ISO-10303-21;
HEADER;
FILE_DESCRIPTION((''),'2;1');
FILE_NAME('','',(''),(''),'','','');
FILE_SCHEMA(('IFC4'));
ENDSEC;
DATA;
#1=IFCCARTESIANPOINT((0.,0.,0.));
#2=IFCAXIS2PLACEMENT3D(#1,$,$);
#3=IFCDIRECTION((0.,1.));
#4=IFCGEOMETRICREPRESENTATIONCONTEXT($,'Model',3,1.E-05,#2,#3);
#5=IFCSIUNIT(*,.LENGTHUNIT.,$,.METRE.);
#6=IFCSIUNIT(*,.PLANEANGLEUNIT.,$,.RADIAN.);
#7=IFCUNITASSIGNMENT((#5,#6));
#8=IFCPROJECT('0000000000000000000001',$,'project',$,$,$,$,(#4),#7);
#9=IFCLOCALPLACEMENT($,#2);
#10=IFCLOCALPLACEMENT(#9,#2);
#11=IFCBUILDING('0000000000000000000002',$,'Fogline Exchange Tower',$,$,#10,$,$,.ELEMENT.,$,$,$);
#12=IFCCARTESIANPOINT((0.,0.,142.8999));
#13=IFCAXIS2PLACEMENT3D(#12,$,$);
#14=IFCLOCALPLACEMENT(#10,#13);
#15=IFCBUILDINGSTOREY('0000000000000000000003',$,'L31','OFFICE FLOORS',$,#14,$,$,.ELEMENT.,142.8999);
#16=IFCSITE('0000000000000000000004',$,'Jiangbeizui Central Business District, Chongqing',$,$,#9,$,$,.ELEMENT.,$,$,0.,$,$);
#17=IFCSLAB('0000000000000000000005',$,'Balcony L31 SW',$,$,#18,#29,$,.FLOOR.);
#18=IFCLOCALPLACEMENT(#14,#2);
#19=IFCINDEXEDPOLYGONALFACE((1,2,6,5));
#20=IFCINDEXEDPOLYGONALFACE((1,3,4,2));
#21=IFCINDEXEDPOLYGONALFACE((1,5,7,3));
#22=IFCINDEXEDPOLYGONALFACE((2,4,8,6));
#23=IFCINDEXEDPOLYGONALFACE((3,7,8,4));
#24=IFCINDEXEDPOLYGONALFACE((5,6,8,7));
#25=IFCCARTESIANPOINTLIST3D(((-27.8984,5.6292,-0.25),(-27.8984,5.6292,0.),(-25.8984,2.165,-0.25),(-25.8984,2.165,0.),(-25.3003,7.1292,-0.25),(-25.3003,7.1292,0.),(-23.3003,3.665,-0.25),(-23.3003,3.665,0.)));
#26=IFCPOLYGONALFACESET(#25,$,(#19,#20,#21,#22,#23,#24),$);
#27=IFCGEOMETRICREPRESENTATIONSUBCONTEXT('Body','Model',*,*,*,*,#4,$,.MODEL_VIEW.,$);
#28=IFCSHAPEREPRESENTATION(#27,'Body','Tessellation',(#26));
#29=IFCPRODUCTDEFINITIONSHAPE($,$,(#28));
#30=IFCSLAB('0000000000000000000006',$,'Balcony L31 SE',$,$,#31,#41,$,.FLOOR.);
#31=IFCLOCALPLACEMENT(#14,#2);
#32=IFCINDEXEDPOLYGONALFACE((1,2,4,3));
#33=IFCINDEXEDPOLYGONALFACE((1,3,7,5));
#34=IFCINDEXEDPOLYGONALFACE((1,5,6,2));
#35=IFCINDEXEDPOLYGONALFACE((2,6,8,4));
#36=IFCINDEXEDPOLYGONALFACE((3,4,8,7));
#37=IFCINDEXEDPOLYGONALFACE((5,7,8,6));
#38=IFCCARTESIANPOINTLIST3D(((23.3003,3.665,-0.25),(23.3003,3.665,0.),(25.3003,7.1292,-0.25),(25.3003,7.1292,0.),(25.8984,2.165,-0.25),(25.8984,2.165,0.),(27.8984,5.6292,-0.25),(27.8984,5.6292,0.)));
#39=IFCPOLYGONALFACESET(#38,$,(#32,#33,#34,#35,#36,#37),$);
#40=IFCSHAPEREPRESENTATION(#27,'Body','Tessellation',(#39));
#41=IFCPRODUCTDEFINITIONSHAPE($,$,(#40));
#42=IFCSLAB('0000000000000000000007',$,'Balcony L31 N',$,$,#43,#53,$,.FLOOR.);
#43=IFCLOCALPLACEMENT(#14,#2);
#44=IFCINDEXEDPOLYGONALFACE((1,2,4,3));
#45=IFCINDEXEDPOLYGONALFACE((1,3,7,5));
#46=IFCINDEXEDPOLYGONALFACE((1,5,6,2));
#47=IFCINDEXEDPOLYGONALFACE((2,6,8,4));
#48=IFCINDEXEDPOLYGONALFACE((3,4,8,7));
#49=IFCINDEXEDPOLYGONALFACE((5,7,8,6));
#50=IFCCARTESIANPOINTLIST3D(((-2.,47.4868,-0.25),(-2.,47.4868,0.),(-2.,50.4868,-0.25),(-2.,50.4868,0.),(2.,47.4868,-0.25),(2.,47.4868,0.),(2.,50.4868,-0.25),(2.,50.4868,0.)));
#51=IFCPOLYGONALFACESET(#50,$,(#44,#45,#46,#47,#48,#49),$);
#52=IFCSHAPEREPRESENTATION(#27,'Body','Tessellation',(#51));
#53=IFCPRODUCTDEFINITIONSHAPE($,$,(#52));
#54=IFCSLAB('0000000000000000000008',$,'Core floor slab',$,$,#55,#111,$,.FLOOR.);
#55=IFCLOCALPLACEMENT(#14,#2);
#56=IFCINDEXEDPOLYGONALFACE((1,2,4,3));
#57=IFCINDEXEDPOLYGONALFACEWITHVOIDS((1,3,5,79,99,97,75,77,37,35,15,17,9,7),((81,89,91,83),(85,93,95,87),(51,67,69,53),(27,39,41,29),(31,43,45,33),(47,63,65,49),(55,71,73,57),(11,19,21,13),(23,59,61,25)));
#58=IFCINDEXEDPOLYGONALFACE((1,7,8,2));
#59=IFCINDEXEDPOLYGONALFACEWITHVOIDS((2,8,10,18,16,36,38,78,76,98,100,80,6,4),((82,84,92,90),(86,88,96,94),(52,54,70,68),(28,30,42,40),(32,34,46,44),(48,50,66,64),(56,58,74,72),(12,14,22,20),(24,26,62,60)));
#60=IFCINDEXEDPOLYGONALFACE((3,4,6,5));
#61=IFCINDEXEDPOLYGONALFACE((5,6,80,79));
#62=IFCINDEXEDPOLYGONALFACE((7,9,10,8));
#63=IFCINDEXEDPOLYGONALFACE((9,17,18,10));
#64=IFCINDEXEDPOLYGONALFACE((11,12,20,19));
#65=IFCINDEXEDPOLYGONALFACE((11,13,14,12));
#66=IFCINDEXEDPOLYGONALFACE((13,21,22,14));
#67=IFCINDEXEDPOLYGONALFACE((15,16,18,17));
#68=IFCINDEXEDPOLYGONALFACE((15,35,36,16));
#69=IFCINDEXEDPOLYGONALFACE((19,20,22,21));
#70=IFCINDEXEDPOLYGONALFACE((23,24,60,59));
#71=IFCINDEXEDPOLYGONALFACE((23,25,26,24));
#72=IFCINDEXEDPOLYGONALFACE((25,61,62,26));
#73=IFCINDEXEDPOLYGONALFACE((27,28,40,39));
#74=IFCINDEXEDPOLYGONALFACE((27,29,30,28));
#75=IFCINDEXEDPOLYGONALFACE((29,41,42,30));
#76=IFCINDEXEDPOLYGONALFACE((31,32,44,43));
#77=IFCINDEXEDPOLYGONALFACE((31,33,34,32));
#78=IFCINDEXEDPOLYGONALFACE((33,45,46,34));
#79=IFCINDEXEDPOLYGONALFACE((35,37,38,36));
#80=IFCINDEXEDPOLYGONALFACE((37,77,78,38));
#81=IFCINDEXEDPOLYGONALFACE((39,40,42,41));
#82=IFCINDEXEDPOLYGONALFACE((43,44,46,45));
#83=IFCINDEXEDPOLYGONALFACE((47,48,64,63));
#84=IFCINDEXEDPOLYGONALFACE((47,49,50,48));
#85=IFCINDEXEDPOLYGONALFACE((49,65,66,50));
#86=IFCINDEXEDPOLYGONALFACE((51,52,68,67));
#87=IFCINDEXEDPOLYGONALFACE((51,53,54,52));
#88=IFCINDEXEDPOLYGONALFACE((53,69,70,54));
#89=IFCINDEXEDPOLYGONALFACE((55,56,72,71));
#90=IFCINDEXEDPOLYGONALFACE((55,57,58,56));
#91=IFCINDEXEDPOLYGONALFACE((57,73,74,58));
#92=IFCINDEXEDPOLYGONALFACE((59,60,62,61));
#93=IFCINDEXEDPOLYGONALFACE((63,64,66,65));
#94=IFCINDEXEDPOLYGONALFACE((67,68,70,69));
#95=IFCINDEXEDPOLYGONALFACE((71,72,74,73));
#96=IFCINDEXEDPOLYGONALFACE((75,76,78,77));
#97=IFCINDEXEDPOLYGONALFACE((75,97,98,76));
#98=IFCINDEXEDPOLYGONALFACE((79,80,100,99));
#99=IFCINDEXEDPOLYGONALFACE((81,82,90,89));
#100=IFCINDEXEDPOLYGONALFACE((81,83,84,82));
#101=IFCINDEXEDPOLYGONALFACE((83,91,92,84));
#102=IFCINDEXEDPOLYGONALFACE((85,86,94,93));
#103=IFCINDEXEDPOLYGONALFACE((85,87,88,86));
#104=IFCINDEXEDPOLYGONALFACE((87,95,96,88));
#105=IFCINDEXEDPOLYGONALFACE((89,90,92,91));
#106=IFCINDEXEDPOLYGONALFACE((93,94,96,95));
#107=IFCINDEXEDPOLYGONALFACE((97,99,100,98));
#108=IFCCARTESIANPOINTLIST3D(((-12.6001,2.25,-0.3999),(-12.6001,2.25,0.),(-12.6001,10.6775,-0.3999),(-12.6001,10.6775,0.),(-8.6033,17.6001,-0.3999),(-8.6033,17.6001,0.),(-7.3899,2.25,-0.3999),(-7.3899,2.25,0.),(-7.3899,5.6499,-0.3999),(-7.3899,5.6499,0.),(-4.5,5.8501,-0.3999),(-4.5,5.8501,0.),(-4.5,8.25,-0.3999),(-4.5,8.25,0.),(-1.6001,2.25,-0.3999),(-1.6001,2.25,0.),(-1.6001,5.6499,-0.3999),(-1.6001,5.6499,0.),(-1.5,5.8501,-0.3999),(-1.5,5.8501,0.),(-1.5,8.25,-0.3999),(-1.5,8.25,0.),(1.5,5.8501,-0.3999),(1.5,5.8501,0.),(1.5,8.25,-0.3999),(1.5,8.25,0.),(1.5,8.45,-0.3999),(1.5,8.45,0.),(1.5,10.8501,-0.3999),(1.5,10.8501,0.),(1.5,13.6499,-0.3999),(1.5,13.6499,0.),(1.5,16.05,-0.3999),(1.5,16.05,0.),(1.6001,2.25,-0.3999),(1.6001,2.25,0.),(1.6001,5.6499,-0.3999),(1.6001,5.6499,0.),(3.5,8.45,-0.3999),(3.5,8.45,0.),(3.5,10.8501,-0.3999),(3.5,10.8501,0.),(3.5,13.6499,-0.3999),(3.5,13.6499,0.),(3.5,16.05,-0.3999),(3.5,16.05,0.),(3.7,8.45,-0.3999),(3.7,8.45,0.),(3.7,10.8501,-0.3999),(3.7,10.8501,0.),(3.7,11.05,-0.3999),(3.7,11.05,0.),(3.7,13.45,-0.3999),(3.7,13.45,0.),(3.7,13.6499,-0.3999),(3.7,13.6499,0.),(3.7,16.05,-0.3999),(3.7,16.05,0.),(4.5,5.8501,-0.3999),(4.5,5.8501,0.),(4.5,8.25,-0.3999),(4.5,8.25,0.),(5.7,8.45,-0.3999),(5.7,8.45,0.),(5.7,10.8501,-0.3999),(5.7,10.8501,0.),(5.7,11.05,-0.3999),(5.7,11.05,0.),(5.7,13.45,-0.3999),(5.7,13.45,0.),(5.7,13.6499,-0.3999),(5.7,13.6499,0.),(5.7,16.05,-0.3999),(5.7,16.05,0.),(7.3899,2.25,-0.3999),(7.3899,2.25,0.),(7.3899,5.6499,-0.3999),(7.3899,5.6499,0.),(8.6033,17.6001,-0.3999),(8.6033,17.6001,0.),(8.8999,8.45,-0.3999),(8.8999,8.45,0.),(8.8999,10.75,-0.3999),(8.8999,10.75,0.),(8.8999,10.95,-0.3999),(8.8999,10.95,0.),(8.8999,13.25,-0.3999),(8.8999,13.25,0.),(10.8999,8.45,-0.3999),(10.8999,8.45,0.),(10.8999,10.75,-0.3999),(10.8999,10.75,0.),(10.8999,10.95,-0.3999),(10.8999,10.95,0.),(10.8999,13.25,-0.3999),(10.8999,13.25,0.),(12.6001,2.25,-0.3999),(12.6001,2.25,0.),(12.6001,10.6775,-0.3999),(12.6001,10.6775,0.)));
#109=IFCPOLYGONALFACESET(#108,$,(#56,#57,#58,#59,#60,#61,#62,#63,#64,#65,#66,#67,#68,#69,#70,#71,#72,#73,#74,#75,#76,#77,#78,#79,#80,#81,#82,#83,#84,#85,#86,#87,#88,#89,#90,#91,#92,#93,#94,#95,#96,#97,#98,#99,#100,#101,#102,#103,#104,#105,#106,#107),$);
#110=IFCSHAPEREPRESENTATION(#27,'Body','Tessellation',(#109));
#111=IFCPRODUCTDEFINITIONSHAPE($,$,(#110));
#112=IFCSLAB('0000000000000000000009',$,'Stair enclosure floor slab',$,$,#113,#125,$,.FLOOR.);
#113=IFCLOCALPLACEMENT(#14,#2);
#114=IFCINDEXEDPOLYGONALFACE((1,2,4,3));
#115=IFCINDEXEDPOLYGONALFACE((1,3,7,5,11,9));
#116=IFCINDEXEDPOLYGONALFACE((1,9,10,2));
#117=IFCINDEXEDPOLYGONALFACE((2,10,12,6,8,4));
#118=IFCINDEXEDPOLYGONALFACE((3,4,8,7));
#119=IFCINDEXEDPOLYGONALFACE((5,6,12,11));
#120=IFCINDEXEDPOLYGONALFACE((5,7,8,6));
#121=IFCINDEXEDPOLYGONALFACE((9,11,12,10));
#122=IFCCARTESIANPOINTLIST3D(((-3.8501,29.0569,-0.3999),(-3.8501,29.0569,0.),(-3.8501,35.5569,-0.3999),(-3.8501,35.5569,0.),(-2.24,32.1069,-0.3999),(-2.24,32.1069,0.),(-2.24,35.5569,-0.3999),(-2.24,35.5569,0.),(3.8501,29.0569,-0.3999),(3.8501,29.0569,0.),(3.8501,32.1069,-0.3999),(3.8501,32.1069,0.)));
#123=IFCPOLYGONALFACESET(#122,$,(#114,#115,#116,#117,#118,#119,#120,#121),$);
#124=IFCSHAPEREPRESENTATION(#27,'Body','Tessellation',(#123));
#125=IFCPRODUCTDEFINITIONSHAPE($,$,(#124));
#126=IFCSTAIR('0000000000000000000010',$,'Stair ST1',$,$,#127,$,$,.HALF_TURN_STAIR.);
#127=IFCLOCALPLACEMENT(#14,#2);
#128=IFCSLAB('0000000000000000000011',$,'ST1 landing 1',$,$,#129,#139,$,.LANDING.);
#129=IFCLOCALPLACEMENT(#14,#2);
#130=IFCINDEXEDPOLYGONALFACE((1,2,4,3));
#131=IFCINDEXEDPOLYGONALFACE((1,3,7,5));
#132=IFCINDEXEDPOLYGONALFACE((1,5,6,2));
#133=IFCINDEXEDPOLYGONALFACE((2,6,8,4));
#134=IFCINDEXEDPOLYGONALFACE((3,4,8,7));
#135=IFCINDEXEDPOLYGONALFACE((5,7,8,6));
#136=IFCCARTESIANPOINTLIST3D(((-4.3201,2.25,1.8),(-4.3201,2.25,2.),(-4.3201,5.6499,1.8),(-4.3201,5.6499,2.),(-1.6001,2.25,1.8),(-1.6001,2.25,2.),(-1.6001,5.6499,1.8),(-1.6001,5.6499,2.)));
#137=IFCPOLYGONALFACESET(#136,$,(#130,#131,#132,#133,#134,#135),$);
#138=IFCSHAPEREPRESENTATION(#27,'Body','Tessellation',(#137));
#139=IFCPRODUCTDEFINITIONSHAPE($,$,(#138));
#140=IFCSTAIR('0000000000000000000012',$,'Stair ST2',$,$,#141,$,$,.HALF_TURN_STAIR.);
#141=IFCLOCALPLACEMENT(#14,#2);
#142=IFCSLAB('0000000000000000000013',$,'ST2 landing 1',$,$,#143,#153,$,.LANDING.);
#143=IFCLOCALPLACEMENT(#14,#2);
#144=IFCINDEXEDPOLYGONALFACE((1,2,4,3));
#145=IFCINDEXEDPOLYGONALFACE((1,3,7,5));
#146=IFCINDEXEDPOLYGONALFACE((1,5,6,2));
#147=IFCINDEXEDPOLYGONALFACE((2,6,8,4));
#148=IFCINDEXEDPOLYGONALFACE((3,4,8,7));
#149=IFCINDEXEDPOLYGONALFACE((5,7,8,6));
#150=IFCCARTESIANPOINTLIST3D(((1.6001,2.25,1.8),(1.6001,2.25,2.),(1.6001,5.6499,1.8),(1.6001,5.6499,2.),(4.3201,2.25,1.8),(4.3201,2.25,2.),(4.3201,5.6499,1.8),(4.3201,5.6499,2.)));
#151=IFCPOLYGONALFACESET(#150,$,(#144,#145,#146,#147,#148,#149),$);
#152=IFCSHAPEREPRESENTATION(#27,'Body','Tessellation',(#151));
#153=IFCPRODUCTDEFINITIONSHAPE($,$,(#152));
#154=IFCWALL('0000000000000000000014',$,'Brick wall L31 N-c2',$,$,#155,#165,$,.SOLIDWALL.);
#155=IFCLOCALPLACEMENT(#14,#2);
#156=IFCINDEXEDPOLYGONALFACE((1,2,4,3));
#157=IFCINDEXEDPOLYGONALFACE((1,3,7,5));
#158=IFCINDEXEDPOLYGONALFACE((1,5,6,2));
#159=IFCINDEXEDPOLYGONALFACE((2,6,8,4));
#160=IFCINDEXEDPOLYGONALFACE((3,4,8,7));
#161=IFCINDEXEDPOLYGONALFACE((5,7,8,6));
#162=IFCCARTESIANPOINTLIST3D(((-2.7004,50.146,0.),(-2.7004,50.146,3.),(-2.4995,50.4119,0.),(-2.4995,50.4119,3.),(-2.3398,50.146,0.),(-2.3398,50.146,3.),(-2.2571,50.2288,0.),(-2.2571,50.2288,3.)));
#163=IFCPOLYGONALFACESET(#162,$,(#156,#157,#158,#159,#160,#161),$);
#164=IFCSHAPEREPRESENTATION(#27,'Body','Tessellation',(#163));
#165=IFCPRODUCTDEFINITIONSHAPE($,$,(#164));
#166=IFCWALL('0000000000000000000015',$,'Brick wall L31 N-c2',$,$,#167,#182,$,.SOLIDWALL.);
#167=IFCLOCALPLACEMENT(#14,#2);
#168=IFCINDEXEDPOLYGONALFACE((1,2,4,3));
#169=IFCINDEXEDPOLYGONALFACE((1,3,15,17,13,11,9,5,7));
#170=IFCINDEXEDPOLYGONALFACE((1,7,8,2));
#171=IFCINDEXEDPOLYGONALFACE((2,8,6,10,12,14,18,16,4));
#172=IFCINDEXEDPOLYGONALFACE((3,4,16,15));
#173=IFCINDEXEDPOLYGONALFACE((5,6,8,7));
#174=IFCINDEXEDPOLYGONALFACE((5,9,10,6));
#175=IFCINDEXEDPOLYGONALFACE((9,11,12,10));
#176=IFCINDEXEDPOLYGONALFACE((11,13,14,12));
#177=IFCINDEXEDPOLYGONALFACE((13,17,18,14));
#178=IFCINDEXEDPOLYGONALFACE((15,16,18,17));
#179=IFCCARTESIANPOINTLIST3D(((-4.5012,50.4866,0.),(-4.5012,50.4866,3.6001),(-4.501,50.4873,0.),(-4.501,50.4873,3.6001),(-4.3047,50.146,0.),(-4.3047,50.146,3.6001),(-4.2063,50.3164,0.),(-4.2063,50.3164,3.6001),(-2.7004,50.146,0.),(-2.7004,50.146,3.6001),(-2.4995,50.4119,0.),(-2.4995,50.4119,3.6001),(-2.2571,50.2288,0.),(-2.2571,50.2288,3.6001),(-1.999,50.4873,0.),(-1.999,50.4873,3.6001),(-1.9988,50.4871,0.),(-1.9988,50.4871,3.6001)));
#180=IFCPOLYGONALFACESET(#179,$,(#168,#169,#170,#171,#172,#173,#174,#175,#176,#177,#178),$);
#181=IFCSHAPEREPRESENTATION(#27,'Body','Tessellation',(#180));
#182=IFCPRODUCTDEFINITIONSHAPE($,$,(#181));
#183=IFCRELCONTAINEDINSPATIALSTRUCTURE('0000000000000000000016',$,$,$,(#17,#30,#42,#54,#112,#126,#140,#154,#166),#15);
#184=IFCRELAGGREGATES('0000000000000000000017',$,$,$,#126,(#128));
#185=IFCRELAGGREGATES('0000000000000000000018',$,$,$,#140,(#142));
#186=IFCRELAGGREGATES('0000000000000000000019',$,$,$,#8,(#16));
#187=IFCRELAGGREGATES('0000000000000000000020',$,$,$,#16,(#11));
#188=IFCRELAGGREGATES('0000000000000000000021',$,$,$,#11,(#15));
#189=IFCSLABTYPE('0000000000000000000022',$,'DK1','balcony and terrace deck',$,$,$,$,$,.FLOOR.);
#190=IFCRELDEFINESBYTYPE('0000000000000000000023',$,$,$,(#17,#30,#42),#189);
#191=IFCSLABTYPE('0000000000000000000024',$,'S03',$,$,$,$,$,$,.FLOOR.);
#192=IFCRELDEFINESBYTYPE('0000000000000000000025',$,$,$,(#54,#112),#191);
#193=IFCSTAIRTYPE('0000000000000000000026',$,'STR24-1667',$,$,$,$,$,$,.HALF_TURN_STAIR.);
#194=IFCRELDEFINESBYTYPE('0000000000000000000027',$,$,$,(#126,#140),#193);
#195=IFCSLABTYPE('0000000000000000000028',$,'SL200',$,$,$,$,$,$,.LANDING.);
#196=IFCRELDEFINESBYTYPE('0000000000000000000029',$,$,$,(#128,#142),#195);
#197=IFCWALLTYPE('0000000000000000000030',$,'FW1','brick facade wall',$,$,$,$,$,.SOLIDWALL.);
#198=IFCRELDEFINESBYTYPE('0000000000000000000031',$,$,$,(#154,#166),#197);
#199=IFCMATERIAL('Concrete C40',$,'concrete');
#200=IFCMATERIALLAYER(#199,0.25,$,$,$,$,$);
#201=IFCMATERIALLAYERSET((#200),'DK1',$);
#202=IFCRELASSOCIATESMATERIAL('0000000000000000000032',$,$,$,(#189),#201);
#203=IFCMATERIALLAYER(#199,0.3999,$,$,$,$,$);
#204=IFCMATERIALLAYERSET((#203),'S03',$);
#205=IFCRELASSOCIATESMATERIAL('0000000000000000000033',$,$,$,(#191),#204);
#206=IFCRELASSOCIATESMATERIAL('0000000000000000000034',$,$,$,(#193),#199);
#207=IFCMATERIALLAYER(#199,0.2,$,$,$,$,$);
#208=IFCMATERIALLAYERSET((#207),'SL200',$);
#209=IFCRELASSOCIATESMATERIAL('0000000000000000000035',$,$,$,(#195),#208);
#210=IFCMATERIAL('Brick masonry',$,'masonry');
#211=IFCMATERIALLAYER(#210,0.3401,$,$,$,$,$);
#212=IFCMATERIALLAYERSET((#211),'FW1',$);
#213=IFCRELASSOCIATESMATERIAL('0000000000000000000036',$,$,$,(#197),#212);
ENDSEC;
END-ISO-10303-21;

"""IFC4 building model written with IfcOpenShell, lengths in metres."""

from ifc_helpers import new_model, si_unit, direction, frame, origin, place, context, subcontext, project, spatial, polyline, outline, extrude, material, layer, layer_set, type_object, element, aggregate, save


model = new_model("IFC4")

# Units and contexts
model_context = context("Model", 3, precision=1e-05, world=origin(), true_north=direction((0.0, 1.0)))
body_context = subcontext(model_context, "Body", "Model", "MODEL_VIEW")
ifc_project = project(units=[si_unit("LENGTHUNIT", "METRE"), si_unit("PLANEANGLEUNIT", "RADIAN")], contexts=[model_context])

# Site, building, storey
site_placement = place(None, origin())
site = spatial("IfcSite", under=ifc_project, at=site_placement, Name="Jiangbeizui Central Business District, Chongqing", CompositionType="ELEMENT", RefElevation=0.0)
building_placement = place(site_placement, origin())
building = spatial("IfcBuilding", under=site, at=building_placement, Name="Fogline Exchange Tower", CompositionType="ELEMENT")
storey_placement = place(building_placement, frame((0.0, 0.0, 142.8999)))
storey = spatial("IfcBuildingStorey", under=building, at=storey_placement, Name="L31", Description="OFFICE FLOORS", CompositionType="ELEMENT", Elevation=142.8999)

# Slabs
ifc_material_1 = material(Name="Concrete C40", Category="concrete")
ifc_layer_1 = layer(ifc_material_1, 0.25)
ifc_layer_set_1 = layer_set([ifc_layer_1], Name="DK1")
slab_type_1 = type_object("IfcSlabType", Name="DK1", Description="balcony and terrace deck", PredefinedType="FLOOR", material=ifc_layer_set_1)
slab_1_placement = place(storey_placement, frame((0.0, 0.0, -0.25)))
element("IfcSlab", 1, at=slab_1_placement, inside=storey, type_object=slab_type_1, Name="Balcony L31 SW", PredefinedType="FLOOR", context=body_context, shape_type="SweptSolid", body=[
    extrude(outline(polyline([(-27.8984, 5.6292), (-25.8984, 2.165), (-23.3003, 3.665), (-25.3003, 7.1292), (-27.8984, 5.6292)])), origin(), (0.0, 0.0, 1.0), 0.25),
])
slab_2_placement = place(storey_placement, frame((0.0, 0.0, -0.25)))
element("IfcSlab", 2, at=slab_2_placement, inside=storey, type_object=slab_type_1, Name="Balcony L31 SE", PredefinedType="FLOOR", context=body_context, shape_type="SweptSolid", body=[
    extrude(outline(polyline([(25.8984, 2.165), (27.8984, 5.6292), (25.3003, 7.1292), (23.3003, 3.665), (25.8984, 2.165)])), origin(), (0.0, 0.0, 1.0), 0.25),
])
slab_3_placement = place(storey_placement, frame((0.0, 0.0, -0.25)))
element("IfcSlab", 3, at=slab_3_placement, inside=storey, type_object=slab_type_1, Name="Balcony L31 N", PredefinedType="FLOOR", context=body_context, shape_type="SweptSolid", body=[
    extrude(outline(polyline([(2.0, 50.4868), (-2.0, 50.4868), (-2.0, 47.4868), (2.0, 47.4868), (2.0, 50.4868)])), origin(), (0.0, 0.0, 1.0), 0.25),
])
ifc_layer_2 = layer(ifc_material_1, 0.3999)
ifc_layer_set_2 = layer_set([ifc_layer_2], Name="S03")
slab_type_2 = type_object("IfcSlabType", Name="S03", PredefinedType="FLOOR", material=ifc_layer_set_2)
slab_4_placement = place(storey_placement, frame((0.0, 0.0, -0.3999)))
element("IfcSlab", 4, at=slab_4_placement, inside=storey, type_object=slab_type_2, Name="Core floor slab", PredefinedType="FLOOR", context=body_context, shape_type="SweptSolid", body=[
    extrude(outline(polyline([(-12.6001, 2.25), (-12.6001, 10.6775), (-8.6033, 17.6001), (8.6033, 17.6001), (12.6001, 10.6775), (12.6001, 2.25), (7.3899, 2.25), (7.3899, 5.6499), (1.6001, 5.6499), (1.6001, 2.25), (-1.6001, 2.25), (-1.6001, 5.6499), (-7.3899, 5.6499), (-7.3899, 2.25), (-12.6001, 2.25)]), holes=[polyline([(-4.5, 8.25), (-4.5, 5.8501), (-1.5, 5.8501), (-1.5, 8.25), (-4.5, 8.25)]), polyline([(4.5, 8.25), (1.5, 8.25), (1.5, 5.8501), (4.5, 5.8501), (4.5, 8.25)]), polyline([(3.5, 10.8501), (1.5, 10.8501), (1.5, 8.45), (3.5, 8.45), (3.5, 10.8501)]), polyline([(1.5, 16.05), (1.5, 13.6499), (3.5, 13.6499), (3.5, 16.05), (1.5, 16.05)]), polyline([(10.8999, 10.75), (8.8999, 10.75), (8.8999, 8.45), (10.8999, 8.45), (10.8999, 10.75)]), polyline([(5.7, 10.8501), (3.7, 10.8501), (3.7, 8.45), (5.7, 8.45), (5.7, 10.8501)]), polyline([(8.8999, 13.25), (8.8999, 10.95), (10.8999, 10.95), (10.8999, 13.25), (8.8999, 13.25)]), polyline([(5.7, 13.45), (3.7, 13.45), (3.7, 11.05), (5.7, 11.05), (5.7, 13.45)]), polyline([(5.7, 16.05), (3.7, 16.05), (3.7, 13.6499), (5.7, 13.6499), (5.7, 16.05)])]), origin(), (0.0, 0.0, 1.0), 0.3999),
])
slab_5_placement = place(storey_placement, frame((0.0, 0.0, -0.3999)))
element("IfcSlab", 5, at=slab_5_placement, inside=storey, type_object=slab_type_2, Name="Stair enclosure floor slab", PredefinedType="FLOOR", context=body_context, shape_type="SweptSolid", body=[
    extrude(outline(polyline([(3.8501, 29.0569), (-3.8501, 29.0569), (-3.8501, 35.5569), (-2.24, 35.5569), (-2.24, 32.1069), (3.8501, 32.1069), (3.8501, 29.0569)])), origin(), (0.0, 0.0, 1.0), 0.3999),
])

# Stairs, slabs
stair_type = type_object("IfcStairType", Name="STR24-1667", PredefinedType="HALF_TURN_STAIR", material=ifc_material_1)
stair_1_placement = place(storey_placement, origin())
stair_1 = element("IfcStair", 6, at=stair_1_placement, inside=storey, type_object=stair_type, Name="Stair ST1", PredefinedType="HALF_TURN_STAIR")
ifc_layer_3 = layer(ifc_material_1, 0.2)
ifc_layer_set_3 = layer_set([ifc_layer_3], Name="SL200")
slab_type_3 = type_object("IfcSlabType", Name="SL200", PredefinedType="LANDING", material=ifc_layer_set_3)
slab_6_placement = place(storey_placement, frame((0.0, 0.0, 1.8)))
slab_6 = element("IfcSlab", 7, at=slab_6_placement, type_object=slab_type_3, Name="ST1 landing 1", PredefinedType="LANDING", context=body_context, shape_type="SweptSolid", body=[
    extrude(outline(polyline([(-4.3201, 2.25), (-1.6001, 2.25), (-1.6001, 5.6499), (-4.3201, 5.6499), (-4.3201, 2.25)])), origin(), (0.0, 0.0, 1.0), 0.2),
])
aggregate(stair_1, [slab_6])
stair_2_placement = place(storey_placement, origin())
stair_2 = element("IfcStair", 8, at=stair_2_placement, inside=storey, type_object=stair_type, Name="Stair ST2", PredefinedType="HALF_TURN_STAIR")
slab_7_placement = place(storey_placement, frame((0.0, 0.0, 1.8)))
slab_7 = element("IfcSlab", 9, at=slab_7_placement, type_object=slab_type_3, Name="ST2 landing 1", PredefinedType="LANDING", context=body_context, shape_type="SweptSolid", body=[
    extrude(outline(polyline([(1.6001, 2.25), (4.3201, 2.25), (4.3201, 5.6499), (1.6001, 5.6499), (1.6001, 2.25)])), origin(), (0.0, 0.0, 1.0), 0.2),
])
aggregate(stair_2, [slab_7])

# Walls
ifc_material_2 = material(Name="Brick masonry", Category="masonry")
ifc_layer_4 = layer(ifc_material_2, 0.3401)
ifc_layer_set_4 = layer_set([ifc_layer_4], Name="FW1")
wall_type_1 = type_object("IfcWallType", Name="FW1", Description="brick facade wall", PredefinedType="SOLIDWALL", material=ifc_layer_set_4)
wall_1_placement = place(storey_placement, origin())
element("IfcWall", 10, at=wall_1_placement, inside=storey, type_object=wall_type_1, Name="Brick wall L31 N-c2", PredefinedType="SOLIDWALL", context=body_context, shape_type="SweptSolid", body=[
    extrude(outline(polyline([(-2.3398, 50.146), (-2.7004, 50.146), (-2.4995, 50.4119), (-2.2571, 50.2288), (-2.3398, 50.146)])), origin(), (0.0, 0.0, 1.0), 3.0),
])
wall_2_placement = place(storey_placement, origin())
element("IfcWall", 11, at=wall_2_placement, inside=storey, type_object=wall_type_1, Name="Brick wall L31 N-c2", PredefinedType="SOLIDWALL", context=body_context, shape_type="SweptSolid", body=[
    extrude(outline(polyline([(-4.2063, 50.3164), (-4.5012, 50.4866), (-4.501, 50.4873), (-1.999, 50.4873), (-1.9988, 50.4871), (-2.2571, 50.2288), (-2.4995, 50.4119), (-2.7004, 50.146), (-4.3047, 50.146), (-4.2063, 50.3164)])), origin(), (0.0, 0.0, 1.0), 3.6001),
])

save(model, "model.ifc")
